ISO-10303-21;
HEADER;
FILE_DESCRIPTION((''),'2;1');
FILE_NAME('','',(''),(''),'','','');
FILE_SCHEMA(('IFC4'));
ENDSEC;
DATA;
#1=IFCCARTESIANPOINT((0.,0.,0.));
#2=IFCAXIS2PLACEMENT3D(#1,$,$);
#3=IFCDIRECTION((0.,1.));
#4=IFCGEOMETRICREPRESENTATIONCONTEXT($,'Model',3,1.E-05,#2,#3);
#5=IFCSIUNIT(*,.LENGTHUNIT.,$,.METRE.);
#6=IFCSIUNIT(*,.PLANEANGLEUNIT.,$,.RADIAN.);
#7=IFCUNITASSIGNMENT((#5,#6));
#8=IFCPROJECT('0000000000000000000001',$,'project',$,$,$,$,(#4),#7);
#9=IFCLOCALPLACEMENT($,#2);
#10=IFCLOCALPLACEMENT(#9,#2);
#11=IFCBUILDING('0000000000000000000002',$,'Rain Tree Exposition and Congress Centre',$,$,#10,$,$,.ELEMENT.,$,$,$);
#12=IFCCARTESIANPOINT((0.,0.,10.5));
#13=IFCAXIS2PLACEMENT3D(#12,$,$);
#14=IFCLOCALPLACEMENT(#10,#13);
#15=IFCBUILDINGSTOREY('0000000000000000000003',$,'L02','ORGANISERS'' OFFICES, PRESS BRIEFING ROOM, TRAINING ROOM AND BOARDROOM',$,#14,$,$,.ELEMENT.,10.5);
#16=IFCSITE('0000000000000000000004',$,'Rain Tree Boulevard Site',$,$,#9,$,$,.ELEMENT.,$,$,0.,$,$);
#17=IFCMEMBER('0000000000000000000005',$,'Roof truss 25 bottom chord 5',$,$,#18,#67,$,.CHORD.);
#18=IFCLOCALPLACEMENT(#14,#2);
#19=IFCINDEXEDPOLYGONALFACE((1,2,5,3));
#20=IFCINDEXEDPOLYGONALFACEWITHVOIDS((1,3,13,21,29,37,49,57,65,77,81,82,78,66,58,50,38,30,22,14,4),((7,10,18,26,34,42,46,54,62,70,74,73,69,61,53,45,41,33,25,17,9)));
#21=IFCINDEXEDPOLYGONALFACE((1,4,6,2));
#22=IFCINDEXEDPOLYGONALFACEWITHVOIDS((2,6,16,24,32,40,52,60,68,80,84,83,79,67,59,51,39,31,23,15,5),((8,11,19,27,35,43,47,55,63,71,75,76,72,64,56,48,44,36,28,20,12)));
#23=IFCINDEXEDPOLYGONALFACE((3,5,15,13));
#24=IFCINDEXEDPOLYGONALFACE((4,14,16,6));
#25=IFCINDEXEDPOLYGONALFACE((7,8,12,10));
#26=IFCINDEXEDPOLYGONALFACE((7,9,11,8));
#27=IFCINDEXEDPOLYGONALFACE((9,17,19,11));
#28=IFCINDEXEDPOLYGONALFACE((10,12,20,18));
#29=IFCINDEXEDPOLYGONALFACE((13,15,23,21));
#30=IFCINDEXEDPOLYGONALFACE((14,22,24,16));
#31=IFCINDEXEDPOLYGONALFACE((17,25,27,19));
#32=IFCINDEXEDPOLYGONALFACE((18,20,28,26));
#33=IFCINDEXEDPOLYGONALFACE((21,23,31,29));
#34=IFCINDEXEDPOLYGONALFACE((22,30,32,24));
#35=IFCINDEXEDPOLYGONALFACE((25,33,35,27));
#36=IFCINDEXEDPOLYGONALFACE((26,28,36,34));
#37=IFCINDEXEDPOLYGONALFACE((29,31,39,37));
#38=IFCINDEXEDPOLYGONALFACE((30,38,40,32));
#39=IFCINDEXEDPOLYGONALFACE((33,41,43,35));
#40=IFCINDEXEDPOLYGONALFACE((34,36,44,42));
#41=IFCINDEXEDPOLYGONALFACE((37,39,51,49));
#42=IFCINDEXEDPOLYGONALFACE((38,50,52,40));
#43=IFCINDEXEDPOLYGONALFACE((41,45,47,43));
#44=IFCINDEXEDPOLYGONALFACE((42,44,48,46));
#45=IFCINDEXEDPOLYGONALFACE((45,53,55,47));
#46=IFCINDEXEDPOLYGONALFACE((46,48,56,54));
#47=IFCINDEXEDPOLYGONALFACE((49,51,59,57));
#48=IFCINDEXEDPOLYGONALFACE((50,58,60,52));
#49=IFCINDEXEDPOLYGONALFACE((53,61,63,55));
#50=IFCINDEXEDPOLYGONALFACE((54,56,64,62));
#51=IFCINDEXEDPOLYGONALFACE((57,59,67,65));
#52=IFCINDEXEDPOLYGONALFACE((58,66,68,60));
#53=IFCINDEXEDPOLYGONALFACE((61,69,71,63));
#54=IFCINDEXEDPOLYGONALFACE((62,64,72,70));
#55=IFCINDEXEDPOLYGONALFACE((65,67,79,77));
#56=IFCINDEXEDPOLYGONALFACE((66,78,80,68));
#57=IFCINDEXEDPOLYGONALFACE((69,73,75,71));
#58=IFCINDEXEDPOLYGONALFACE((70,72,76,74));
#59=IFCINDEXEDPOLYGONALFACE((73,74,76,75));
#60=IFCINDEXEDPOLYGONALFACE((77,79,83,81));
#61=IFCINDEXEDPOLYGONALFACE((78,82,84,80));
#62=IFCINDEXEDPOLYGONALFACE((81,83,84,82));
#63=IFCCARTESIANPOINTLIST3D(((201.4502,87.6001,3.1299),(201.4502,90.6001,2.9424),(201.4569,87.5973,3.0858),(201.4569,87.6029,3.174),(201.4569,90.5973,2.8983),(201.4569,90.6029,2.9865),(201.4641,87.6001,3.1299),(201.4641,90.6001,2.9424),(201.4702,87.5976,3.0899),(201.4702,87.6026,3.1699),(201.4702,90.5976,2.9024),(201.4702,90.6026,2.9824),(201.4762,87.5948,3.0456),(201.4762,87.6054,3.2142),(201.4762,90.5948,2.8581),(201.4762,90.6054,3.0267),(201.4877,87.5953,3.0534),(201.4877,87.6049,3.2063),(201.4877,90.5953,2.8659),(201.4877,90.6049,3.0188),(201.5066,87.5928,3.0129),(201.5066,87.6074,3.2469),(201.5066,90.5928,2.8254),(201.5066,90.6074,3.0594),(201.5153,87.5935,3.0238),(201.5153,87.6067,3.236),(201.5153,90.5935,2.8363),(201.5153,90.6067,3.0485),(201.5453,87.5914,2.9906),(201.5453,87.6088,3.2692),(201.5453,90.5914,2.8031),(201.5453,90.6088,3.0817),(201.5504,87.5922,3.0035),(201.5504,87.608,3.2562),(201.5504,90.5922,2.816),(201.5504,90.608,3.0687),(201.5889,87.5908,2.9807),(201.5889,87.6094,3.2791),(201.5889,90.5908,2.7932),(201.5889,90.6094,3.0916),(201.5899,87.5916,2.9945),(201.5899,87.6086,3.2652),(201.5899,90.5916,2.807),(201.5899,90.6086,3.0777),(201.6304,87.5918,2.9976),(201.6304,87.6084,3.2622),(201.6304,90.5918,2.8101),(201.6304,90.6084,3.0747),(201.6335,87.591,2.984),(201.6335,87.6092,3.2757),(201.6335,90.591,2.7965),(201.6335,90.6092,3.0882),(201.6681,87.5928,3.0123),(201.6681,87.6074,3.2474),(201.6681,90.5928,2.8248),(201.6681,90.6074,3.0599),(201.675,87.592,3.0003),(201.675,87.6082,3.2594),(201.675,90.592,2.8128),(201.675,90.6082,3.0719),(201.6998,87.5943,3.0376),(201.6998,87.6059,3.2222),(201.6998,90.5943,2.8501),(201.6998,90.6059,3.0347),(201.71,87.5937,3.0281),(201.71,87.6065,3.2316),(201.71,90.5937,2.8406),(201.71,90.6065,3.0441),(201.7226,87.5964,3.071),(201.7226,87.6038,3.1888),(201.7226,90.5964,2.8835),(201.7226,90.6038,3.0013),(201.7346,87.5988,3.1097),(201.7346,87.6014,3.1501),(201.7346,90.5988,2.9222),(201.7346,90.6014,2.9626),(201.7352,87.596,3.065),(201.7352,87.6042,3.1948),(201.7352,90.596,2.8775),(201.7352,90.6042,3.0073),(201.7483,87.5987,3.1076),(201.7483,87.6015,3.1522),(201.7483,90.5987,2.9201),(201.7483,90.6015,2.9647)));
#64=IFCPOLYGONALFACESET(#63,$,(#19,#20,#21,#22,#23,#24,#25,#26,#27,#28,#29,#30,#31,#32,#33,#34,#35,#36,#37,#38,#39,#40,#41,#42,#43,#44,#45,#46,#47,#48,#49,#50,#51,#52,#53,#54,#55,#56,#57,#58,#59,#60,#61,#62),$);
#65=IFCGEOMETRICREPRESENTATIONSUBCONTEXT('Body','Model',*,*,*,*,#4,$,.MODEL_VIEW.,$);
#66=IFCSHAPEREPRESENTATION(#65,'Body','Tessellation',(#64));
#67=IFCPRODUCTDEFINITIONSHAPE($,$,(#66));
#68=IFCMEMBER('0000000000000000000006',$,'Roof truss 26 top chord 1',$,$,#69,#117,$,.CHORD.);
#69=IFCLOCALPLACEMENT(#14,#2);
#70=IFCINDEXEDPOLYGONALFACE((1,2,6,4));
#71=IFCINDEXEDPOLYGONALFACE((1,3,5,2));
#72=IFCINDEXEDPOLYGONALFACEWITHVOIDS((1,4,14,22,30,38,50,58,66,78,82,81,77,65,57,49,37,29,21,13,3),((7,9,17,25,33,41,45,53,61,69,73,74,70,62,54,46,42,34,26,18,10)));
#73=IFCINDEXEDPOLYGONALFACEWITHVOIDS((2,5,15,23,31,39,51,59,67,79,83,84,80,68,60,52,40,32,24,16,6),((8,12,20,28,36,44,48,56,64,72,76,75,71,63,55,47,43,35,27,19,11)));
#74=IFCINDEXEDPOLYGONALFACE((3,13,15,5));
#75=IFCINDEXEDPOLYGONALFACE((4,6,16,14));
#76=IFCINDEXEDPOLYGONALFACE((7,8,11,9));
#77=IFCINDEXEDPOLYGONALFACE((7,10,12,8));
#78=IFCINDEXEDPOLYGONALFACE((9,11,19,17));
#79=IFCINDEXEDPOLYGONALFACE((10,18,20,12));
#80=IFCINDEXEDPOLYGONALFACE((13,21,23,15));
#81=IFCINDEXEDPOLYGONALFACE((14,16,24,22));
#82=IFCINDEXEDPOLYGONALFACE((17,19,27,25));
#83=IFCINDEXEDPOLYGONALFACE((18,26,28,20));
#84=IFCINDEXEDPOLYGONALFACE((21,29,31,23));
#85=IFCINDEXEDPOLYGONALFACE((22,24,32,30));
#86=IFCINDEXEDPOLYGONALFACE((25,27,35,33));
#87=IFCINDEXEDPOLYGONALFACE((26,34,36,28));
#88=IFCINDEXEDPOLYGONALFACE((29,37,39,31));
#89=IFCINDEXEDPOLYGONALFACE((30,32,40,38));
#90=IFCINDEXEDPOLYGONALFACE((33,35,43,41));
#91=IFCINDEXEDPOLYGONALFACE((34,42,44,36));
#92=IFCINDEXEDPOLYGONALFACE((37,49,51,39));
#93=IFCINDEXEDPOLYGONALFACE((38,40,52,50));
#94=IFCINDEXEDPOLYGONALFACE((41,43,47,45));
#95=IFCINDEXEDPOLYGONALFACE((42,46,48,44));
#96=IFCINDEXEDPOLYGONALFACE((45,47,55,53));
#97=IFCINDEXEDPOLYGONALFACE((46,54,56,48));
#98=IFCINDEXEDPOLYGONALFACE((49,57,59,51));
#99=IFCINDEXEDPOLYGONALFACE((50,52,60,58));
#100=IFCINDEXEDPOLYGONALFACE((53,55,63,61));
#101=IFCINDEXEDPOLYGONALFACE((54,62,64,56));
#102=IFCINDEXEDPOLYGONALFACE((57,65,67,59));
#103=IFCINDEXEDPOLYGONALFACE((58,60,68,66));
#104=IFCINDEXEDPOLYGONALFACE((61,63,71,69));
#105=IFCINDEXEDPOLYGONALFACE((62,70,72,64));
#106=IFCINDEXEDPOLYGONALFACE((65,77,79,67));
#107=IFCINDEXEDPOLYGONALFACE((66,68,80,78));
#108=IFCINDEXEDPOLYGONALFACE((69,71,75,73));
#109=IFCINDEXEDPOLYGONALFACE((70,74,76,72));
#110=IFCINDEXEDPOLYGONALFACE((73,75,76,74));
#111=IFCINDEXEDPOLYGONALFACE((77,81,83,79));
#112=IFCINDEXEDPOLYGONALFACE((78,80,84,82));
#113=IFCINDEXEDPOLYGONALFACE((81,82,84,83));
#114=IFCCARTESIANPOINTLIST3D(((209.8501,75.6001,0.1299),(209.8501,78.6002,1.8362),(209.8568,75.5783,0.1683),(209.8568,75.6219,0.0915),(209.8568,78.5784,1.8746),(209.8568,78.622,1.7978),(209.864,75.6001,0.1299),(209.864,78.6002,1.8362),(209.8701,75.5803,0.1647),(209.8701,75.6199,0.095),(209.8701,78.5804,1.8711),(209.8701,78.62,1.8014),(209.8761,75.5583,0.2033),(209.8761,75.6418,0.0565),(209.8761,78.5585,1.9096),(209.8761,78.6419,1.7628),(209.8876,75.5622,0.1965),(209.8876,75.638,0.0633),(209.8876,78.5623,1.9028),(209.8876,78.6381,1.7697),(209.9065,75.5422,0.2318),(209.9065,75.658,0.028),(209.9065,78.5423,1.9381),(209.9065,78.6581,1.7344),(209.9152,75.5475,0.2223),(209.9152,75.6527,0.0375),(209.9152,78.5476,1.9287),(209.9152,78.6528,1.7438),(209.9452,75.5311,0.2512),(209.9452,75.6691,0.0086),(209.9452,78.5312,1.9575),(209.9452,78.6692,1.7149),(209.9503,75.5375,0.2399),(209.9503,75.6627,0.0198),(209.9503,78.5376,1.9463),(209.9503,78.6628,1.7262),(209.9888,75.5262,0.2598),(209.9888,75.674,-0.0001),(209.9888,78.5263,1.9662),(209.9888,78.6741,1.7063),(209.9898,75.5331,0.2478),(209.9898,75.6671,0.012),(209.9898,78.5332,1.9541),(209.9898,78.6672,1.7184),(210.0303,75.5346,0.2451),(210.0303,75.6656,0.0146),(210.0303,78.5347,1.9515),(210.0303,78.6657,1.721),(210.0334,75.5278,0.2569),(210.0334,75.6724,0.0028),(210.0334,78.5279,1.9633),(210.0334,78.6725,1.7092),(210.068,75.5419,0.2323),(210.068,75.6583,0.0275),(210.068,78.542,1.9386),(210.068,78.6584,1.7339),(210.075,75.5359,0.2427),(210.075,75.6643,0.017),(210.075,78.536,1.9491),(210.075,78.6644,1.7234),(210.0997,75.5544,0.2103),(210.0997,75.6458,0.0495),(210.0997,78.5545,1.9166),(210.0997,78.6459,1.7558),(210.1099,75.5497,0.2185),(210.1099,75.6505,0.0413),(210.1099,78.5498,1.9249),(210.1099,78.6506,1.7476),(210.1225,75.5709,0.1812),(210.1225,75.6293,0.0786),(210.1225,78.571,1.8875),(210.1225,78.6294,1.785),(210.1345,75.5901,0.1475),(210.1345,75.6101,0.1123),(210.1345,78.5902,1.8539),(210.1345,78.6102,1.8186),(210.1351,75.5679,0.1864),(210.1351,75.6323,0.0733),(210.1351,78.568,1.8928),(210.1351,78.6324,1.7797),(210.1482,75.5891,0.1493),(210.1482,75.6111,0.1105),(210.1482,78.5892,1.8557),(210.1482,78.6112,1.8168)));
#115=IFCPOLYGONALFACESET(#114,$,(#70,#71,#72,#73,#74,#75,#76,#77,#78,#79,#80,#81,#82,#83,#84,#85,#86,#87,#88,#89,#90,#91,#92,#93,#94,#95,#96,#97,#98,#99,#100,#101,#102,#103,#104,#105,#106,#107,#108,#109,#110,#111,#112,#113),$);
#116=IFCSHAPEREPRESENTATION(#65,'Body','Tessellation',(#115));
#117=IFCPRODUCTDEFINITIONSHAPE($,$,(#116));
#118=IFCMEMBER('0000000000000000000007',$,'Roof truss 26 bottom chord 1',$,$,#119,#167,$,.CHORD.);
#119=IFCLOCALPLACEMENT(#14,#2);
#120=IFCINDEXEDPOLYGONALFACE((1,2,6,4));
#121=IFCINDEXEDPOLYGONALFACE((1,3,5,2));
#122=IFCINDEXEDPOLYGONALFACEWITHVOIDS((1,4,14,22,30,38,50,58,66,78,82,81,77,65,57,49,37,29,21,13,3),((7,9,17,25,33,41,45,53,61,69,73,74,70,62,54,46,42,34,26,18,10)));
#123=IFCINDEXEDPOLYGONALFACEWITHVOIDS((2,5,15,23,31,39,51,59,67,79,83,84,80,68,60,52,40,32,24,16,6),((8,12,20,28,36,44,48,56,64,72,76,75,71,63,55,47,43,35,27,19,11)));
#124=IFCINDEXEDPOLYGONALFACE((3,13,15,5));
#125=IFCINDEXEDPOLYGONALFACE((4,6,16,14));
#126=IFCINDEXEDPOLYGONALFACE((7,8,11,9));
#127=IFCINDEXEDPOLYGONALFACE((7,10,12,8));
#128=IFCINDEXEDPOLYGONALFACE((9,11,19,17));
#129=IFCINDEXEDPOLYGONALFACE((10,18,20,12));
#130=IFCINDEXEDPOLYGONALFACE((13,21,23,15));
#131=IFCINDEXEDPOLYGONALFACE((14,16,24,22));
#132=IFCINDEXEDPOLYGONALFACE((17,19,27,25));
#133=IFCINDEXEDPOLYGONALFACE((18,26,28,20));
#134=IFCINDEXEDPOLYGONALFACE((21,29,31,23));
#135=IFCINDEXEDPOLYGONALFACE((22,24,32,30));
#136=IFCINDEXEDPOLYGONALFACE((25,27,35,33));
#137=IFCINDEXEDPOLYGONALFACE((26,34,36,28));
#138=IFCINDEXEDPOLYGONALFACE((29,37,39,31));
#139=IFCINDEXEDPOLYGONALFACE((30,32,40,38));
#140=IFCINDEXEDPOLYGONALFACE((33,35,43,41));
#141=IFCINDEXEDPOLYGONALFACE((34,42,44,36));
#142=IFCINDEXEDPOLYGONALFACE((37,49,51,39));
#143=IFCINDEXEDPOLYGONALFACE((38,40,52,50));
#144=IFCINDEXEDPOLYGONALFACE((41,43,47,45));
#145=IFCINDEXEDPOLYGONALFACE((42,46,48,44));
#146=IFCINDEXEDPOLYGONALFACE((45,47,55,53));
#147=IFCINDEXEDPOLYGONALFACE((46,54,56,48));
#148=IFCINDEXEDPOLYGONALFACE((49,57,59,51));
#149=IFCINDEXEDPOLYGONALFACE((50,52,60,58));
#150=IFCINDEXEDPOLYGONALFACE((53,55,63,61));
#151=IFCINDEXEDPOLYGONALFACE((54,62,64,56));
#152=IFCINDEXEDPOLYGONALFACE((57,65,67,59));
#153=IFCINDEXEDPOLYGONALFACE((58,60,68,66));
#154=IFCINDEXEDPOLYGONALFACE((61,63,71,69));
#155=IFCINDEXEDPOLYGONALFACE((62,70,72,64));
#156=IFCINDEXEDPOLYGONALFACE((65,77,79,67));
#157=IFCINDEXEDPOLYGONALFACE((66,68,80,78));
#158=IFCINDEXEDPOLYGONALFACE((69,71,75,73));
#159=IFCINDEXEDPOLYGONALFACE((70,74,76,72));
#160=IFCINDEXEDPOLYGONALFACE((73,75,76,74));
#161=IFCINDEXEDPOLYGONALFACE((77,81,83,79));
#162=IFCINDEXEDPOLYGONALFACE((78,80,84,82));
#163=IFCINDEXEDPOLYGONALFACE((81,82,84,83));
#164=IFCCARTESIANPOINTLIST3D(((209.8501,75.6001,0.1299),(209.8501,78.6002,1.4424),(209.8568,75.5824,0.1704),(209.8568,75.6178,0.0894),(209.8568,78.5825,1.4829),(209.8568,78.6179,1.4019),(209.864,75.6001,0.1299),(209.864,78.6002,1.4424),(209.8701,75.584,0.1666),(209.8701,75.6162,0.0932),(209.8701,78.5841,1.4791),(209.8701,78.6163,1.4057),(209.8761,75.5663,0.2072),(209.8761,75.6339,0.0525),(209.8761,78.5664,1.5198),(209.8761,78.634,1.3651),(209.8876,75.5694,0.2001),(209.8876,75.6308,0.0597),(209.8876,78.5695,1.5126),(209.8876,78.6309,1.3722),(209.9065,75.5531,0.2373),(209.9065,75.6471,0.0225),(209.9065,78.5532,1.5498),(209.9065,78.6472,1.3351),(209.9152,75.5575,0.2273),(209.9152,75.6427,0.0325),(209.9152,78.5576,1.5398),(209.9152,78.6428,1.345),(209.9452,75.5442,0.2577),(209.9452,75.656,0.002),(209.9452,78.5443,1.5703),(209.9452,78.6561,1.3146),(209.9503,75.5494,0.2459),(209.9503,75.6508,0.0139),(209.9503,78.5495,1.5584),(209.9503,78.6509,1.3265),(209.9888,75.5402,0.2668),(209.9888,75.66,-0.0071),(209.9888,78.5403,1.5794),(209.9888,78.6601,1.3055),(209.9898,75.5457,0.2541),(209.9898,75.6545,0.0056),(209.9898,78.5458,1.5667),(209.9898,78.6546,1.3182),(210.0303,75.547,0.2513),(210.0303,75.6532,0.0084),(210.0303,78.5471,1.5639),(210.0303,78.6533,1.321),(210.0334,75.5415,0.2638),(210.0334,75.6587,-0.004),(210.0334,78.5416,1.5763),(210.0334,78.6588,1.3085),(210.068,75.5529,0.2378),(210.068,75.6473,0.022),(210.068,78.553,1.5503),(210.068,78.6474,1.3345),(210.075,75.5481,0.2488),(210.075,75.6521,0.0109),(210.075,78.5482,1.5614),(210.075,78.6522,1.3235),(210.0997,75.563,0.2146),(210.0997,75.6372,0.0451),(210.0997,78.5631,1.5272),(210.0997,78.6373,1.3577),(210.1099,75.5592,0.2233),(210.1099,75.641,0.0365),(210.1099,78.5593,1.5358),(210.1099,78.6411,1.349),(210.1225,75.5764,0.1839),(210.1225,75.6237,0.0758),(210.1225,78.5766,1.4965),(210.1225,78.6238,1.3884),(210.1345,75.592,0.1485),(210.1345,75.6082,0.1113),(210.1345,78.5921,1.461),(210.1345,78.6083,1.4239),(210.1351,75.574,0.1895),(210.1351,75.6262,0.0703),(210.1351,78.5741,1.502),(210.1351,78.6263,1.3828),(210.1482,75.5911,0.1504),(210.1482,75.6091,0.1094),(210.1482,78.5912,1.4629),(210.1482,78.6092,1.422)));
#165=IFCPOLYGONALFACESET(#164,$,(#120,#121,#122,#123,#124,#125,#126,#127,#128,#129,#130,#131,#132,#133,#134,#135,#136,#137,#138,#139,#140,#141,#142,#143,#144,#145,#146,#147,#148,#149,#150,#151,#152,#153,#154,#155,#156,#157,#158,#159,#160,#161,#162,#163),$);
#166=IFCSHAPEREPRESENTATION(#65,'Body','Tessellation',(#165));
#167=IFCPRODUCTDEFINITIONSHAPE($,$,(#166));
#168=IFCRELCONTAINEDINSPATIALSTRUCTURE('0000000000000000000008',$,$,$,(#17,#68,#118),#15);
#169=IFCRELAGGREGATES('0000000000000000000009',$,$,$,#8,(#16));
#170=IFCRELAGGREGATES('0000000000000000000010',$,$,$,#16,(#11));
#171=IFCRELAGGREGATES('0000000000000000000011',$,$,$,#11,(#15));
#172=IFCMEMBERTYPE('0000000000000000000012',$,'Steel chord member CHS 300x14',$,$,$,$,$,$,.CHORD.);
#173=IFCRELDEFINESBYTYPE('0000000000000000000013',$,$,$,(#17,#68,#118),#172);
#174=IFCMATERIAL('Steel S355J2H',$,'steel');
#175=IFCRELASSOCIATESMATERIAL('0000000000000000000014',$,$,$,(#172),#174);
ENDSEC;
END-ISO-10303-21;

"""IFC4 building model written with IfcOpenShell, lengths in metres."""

from ifc_helpers import new_model, si_unit, direction, frame, origin, origin_2d, place, context, subcontext, project, spatial, hollow_circle, extrude, material, material_profile, profile_set, type_object, element, save


model = new_model("IFC4")

# Units and contexts
model_context = context("Model", 3, precision=1e-05, world=origin(), true_north=direction((0.0, 1.0)))
body_context = subcontext(model_context, "Body", "Model", "MODEL_VIEW")
ifc_project = project(units=[si_unit("LENGTHUNIT", "METRE"), si_unit("PLANEANGLEUNIT", "RADIAN")], contexts=[model_context])

# Site, building, storey
site_placement = place(None, origin())
site = spatial("IfcSite", under=ifc_project, at=site_placement, Name="Rain Tree Boulevard Site", CompositionType="ELEMENT", RefElevation=0.0)
building_placement = place(site_placement, origin())
building = spatial("IfcBuilding", under=site, at=building_placement, Name="Rain Tree Exposition and Congress Centre", CompositionType="ELEMENT")
storey_placement = place(building_placement, frame((0.0, 0.0, 10.5)))
storey = spatial("IfcBuildingStorey", under=building, at=storey_placement, Name="L02", Description="ORGANISERS' OFFICES, PRESS BRIEFING ROOM, TRAINING ROOM AND BOARDROOM", CompositionType="ELEMENT", Elevation=10.5)

# Members
ifc_material_1 = material(Name="Steel S355J2H", Category="steel")
ifc_material_profile_1 = material_profile(ifc_material_1, hollow_circle(Radius=0.1499, WallThickness=0.0139, at=origin_2d()), Name="CHS 300x14")
ifc_profile_set_1 = profile_set([ifc_material_profile_1], Name="Steel S355J2H")
member_type_1 = type_object("IfcMemberType", Name="Steel chord member CHS 300x14", PredefinedType="CHORD", material=ifc_profile_set_1)
member_1_placement = place(storey_placement, frame((201.6001, 87.6001, 3.1299), z_axis=(0.0, 0.998053, -0.062378), x_axis=(-1.0, 0.0, 0.0)))
element("IfcMember", 1, at=member_1_placement, inside=storey, type_object=member_type_1, Name="Roof truss 25 bottom chord 5", PredefinedType="CHORD", context=body_context, shape_type="SweptSolid", body=[
    extrude(hollow_circle(Radius=0.1499, WallThickness=0.0139, at=origin_2d()), origin(), (0.0, 0.0, 1.0), 3.0059),
])
member_2_placement = place(storey_placement, frame((210.0, 75.6001, 0.1299), z_axis=(0.0, 0.869238, 0.494393), x_axis=(-1.0, 0.0, 0.0)))
element("IfcMember", 2, at=member_2_placement, inside=storey, type_object=member_type_1, Name="Roof truss 26 top chord 1", PredefinedType="CHORD", context=body_context, shape_type="SweptSolid", body=[
    extrude(hollow_circle(Radius=0.1499, WallThickness=0.0139, at=origin_2d()), origin(), (0.0, 0.0, 1.0), 3.4514),
])
member_3_placement = place(storey_placement, frame((210.0, 75.6001, 0.1299), z_axis=(0.0, 0.916157, 0.400819), x_axis=(-1.0, 0.0, 0.0)))
element("IfcMember", 3, at=member_3_placement, inside=storey, type_object=member_type_1, Name="Roof truss 26 bottom chord 1", PredefinedType="CHORD", context=body_context, shape_type="SweptSolid", body=[
    extrude(hollow_circle(Radius=0.1499, WallThickness=0.0139, at=origin_2d()), origin(), (0.0, 0.0, 1.0), 3.2747),
])

save(model, "model.ifc")
